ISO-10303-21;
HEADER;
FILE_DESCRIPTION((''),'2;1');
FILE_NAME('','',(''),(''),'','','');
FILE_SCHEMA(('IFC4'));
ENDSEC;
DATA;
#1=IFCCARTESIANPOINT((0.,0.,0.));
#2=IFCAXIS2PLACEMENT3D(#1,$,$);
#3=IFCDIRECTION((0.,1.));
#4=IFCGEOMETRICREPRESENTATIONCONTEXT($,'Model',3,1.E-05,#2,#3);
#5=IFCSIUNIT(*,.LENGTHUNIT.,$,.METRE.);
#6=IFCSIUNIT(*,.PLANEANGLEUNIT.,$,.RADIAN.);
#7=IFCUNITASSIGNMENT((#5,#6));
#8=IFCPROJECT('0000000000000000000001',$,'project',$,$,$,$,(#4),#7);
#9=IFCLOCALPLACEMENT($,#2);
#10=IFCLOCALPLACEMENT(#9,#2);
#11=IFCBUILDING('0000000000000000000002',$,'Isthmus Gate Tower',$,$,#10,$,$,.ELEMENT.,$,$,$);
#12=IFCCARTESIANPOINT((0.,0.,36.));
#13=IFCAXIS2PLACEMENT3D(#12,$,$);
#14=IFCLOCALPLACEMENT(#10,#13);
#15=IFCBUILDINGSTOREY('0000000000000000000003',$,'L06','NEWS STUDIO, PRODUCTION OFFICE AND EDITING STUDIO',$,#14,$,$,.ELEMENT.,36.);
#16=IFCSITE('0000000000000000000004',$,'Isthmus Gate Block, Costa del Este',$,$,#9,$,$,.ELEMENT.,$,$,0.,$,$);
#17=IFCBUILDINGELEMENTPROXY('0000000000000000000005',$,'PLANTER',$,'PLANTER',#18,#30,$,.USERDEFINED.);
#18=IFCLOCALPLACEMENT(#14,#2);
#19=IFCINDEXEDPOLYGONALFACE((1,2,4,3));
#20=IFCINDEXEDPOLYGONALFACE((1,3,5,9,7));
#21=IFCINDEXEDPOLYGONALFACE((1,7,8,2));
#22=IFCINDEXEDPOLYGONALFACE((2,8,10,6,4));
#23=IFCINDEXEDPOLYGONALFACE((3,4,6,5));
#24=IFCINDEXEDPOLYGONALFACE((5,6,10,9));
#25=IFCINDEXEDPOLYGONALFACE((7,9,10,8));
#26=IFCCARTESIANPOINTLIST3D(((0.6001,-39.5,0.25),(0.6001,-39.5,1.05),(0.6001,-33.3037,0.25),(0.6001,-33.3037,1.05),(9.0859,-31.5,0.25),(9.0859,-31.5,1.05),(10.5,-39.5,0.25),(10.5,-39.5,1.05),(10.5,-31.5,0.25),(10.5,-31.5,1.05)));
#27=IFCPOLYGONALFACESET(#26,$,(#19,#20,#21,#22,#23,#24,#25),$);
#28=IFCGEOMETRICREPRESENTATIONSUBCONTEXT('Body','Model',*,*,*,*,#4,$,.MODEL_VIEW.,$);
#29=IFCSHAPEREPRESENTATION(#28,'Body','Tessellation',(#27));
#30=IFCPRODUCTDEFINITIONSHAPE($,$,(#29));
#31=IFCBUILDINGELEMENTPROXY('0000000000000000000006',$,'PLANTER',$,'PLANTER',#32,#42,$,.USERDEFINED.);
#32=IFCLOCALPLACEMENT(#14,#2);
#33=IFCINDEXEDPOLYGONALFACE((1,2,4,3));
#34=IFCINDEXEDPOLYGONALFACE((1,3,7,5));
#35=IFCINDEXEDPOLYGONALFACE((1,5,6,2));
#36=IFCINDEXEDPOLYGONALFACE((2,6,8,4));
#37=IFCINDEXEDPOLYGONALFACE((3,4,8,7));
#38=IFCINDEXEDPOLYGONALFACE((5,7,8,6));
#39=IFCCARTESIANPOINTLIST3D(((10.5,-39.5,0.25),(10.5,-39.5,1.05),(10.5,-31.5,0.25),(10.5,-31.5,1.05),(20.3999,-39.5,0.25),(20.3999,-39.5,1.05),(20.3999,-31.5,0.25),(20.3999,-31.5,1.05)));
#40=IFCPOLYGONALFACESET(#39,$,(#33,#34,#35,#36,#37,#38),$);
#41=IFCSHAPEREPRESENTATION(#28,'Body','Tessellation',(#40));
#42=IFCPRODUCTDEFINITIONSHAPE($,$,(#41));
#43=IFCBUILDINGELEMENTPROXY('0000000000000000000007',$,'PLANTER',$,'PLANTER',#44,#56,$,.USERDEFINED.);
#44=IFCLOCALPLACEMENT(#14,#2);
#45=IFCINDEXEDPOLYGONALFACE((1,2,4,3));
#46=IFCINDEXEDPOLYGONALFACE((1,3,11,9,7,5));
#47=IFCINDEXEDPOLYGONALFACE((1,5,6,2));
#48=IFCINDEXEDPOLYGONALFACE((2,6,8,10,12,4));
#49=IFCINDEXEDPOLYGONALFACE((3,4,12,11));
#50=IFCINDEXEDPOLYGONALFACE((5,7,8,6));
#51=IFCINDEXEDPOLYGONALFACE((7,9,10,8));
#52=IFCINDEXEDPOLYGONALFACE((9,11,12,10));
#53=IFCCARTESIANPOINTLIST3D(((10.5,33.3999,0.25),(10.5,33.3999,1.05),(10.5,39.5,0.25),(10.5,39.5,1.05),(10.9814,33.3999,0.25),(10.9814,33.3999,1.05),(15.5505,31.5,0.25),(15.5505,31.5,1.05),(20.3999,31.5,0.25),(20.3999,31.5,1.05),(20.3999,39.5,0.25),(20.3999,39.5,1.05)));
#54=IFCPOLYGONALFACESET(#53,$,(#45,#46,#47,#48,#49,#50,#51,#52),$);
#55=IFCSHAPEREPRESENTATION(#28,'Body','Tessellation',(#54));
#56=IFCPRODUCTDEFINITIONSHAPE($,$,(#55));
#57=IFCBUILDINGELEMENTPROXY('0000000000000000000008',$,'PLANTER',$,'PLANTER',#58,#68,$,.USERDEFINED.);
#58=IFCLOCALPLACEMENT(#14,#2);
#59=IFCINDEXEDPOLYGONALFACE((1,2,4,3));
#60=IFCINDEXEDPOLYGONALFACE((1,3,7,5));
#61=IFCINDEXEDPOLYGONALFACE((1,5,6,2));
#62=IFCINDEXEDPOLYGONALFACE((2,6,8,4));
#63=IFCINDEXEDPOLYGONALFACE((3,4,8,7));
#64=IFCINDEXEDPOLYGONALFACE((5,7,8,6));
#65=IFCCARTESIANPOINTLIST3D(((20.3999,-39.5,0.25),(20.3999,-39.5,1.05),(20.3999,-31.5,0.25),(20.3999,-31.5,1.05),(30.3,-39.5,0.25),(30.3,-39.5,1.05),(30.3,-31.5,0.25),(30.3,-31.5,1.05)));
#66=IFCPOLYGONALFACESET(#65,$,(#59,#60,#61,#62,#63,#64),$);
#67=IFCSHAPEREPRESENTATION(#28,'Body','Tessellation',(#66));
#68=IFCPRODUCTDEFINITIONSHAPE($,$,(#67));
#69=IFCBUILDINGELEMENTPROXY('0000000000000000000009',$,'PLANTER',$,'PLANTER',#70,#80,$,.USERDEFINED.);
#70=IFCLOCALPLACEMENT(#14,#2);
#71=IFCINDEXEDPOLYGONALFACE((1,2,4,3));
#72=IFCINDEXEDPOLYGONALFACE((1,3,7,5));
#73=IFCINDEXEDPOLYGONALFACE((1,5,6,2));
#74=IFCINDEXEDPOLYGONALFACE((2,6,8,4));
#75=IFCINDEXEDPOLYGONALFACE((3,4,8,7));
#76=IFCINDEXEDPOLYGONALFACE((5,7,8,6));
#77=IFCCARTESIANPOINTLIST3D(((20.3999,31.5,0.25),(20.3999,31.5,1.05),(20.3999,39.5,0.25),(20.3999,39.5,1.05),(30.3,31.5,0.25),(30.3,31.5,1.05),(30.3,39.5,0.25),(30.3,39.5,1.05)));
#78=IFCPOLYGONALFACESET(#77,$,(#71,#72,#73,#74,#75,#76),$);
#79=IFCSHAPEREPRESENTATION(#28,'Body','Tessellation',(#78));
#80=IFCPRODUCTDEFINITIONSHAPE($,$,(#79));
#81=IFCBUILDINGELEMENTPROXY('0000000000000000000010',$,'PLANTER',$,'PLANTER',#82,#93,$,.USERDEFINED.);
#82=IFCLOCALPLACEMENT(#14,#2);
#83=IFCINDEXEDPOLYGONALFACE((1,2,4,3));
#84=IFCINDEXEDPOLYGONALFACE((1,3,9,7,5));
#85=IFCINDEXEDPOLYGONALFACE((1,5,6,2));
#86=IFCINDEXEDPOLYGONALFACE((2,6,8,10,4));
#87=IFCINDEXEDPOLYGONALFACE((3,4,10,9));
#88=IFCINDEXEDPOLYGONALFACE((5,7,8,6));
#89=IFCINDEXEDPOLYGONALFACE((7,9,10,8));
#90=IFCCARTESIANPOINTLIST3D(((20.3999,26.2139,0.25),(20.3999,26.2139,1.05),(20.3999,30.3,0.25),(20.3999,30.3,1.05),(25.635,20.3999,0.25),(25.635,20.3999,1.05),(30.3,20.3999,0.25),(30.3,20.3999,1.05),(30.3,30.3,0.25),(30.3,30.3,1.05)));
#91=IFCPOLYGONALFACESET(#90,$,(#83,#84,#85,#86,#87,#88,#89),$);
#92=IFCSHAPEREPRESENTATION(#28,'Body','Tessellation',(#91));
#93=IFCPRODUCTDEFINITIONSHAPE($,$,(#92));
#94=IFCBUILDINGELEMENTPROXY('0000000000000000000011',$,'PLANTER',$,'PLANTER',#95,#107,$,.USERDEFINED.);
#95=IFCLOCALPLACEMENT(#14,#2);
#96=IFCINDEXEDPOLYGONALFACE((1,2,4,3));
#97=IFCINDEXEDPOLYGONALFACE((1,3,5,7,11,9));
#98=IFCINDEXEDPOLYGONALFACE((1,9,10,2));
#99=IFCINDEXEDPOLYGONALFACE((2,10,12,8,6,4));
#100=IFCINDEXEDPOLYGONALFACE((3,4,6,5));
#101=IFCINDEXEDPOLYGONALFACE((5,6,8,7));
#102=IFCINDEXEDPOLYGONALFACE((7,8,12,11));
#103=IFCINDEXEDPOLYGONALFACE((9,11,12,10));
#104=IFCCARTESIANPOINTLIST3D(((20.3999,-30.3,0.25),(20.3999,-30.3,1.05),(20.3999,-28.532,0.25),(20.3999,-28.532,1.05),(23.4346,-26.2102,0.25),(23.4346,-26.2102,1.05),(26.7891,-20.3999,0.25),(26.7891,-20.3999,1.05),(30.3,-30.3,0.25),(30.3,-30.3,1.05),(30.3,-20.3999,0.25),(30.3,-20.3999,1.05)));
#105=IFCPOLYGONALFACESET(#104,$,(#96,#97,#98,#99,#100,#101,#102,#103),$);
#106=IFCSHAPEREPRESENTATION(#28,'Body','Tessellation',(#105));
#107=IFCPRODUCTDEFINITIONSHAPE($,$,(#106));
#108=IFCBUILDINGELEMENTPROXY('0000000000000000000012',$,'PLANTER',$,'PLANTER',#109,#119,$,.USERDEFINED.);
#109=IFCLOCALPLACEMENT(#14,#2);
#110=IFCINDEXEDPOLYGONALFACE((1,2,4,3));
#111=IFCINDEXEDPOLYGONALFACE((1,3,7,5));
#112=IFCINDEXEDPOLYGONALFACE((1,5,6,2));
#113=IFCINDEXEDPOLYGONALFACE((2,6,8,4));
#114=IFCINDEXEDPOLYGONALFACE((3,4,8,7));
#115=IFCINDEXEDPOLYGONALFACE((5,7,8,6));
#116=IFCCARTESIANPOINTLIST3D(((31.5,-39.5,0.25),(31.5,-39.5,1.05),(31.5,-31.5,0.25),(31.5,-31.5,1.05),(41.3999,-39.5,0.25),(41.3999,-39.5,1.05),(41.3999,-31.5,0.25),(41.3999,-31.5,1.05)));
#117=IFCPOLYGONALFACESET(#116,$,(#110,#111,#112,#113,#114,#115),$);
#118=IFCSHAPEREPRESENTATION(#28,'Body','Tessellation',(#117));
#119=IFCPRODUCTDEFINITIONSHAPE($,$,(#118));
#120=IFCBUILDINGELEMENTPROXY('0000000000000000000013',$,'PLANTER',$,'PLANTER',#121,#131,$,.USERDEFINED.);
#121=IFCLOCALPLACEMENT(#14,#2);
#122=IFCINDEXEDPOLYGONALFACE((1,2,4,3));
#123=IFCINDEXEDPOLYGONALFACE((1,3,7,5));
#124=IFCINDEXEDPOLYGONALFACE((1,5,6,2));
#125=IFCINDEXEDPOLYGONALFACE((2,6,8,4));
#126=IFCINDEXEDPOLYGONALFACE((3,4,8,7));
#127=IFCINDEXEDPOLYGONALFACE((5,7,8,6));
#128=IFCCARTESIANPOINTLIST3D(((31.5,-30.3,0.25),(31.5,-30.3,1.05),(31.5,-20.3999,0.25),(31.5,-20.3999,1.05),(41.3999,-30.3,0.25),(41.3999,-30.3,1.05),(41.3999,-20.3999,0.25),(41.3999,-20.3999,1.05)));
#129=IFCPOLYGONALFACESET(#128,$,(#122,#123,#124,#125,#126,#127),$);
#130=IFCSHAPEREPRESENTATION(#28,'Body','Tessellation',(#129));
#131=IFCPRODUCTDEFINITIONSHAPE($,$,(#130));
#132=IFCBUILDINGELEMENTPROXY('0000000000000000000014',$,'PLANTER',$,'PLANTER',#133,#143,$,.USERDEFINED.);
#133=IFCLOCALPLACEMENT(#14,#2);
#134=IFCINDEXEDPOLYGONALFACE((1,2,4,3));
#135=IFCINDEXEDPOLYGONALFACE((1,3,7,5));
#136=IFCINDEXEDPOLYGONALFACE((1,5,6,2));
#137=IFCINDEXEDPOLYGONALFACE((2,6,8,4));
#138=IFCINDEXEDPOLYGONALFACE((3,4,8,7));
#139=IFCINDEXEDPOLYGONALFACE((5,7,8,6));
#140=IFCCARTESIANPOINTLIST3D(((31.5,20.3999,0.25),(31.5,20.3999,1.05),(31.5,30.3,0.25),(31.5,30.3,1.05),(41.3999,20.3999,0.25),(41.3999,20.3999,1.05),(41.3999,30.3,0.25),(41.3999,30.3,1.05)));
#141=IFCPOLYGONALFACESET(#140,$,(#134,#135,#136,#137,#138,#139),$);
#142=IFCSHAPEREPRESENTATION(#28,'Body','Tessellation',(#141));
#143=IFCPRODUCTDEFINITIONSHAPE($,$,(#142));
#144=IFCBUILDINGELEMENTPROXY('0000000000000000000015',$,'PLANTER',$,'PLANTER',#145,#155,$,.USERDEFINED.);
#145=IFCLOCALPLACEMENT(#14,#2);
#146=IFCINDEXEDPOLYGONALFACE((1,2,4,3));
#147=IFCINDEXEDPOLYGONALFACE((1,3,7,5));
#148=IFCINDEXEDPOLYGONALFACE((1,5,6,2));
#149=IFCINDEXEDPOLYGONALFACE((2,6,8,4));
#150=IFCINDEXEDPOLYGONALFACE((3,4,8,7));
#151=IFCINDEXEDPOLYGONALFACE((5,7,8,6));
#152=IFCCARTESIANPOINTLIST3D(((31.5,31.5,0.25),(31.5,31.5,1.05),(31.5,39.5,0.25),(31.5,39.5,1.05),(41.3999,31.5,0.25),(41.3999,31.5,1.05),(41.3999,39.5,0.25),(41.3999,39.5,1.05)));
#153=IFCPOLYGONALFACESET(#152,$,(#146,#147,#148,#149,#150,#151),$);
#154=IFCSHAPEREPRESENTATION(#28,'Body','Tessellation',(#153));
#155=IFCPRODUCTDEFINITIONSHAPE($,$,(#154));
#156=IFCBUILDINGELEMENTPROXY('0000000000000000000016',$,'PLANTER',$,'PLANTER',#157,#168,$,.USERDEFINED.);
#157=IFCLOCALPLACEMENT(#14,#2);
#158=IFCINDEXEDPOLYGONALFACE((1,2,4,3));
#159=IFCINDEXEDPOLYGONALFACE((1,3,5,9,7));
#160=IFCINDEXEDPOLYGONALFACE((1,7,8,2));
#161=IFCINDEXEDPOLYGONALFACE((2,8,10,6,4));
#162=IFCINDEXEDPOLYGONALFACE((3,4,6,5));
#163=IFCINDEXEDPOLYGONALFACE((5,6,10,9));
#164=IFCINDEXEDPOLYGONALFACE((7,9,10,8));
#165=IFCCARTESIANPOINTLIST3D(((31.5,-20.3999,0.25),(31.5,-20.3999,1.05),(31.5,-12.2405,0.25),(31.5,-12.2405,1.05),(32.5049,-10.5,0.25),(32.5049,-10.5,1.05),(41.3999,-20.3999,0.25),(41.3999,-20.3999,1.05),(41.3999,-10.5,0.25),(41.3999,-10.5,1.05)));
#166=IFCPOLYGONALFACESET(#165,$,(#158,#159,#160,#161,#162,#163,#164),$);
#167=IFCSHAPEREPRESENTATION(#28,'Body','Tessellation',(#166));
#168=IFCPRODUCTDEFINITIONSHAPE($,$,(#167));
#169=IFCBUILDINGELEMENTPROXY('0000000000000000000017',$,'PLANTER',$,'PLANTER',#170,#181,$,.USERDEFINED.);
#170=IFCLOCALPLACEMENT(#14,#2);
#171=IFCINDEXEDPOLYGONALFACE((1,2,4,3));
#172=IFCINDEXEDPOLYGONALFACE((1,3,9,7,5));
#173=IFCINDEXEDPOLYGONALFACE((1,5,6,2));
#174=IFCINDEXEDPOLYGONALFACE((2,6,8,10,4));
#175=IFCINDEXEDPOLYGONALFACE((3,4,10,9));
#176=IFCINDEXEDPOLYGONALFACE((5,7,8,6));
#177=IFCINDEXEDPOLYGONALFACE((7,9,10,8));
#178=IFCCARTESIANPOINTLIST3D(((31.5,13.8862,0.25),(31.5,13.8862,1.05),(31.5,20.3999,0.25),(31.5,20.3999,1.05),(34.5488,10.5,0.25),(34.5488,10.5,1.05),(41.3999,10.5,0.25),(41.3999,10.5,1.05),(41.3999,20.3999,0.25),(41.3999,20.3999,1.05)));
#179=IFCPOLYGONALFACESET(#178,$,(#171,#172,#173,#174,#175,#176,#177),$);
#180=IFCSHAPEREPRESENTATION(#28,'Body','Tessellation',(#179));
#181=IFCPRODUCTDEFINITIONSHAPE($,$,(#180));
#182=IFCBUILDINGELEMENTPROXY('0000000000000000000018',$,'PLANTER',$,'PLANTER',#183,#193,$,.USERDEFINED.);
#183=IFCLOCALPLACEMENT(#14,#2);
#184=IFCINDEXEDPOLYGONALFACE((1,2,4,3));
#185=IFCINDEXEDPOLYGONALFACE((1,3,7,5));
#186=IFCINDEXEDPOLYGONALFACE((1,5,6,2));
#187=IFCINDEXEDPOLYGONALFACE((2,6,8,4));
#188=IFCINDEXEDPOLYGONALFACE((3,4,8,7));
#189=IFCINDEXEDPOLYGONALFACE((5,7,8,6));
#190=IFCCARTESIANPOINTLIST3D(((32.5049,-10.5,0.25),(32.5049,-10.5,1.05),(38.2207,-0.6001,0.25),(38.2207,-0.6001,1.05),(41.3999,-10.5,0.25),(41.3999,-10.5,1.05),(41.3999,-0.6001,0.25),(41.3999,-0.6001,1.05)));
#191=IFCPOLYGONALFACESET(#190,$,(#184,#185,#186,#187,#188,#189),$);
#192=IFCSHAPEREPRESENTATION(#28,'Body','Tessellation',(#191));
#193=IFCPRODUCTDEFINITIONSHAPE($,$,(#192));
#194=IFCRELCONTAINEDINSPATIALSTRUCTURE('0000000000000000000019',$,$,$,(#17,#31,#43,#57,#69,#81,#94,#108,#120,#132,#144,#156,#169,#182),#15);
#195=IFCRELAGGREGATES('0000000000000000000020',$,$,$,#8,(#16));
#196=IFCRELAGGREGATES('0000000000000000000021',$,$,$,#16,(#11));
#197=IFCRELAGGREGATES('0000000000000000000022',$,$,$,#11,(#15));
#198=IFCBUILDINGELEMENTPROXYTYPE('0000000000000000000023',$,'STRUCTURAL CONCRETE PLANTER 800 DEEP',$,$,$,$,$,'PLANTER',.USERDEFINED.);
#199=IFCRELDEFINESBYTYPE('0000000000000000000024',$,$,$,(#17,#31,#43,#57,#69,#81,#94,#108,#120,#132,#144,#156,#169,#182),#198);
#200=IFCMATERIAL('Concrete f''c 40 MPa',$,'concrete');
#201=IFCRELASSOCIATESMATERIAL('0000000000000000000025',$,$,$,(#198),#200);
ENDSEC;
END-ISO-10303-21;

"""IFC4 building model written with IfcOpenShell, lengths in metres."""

from ifc_helpers import new_model, si_unit, direction, frame, origin, place, context, subcontext, project, spatial, polyline, outline, extrude, material, type_object, element, save


model = new_model("IFC4")

# Units and contexts
model_context = context("Model", 3, precision=1e-05, world=origin(), true_north=direction((0.0, 1.0)))
body_context = subcontext(model_context, "Body", "Model", "MODEL_VIEW")
ifc_project = project(units=[si_unit("LENGTHUNIT", "METRE"), si_unit("PLANEANGLEUNIT", "RADIAN")], contexts=[model_context])

# Site, building, storey
site_placement = place(None, origin())
site = spatial("IfcSite", under=ifc_project, at=site_placement, Name="Isthmus Gate Block, Costa del Este", CompositionType="ELEMENT", RefElevation=0.0)
building_placement = place(site_placement, origin())
building = spatial("IfcBuilding", under=site, at=building_placement, Name="Isthmus Gate Tower", CompositionType="ELEMENT")
storey_placement = place(building_placement, frame((0.0, 0.0, 36.0)))
storey = spatial("IfcBuildingStorey", under=building, at=storey_placement, Name="L06", Description="NEWS STUDIO, PRODUCTION OFFICE AND EDITING STUDIO", CompositionType="ELEMENT", Elevation=36.0)

# Building element proxies
ifc_material_1 = material(Name="Concrete f'c 40 MPa", Category="concrete")
building_element_proxy_type = type_object("IfcBuildingElementProxyType", Name="STRUCTURAL CONCRETE PLANTER 800 DEEP", ElementType="PLANTER", PredefinedType="USERDEFINED", material=ifc_material_1)
proxy_1_placement = place(storey_placement, frame((0.0, 0.0, 0.25)))
element("IfcBuildingElementProxy", 1, at=proxy_1_placement, inside=storey, type_object=building_element_proxy_type, Name="PLANTER", ObjectType="PLANTER", PredefinedType="USERDEFINED", context=body_context, shape_type="SweptSolid", body=[
    extrude(outline(polyline([(10.5, -31.5), (9.0859, -31.5), (0.6001, -33.3037), (0.6001, -39.5), (10.5, -39.5), (10.5, -31.5)])), origin(), (0.0, 0.0, 1.0), 0.8),
])
proxy_2_placement = place(storey_placement, frame((0.0, 0.0, 0.25)))
element("IfcBuildingElementProxy", 2, at=proxy_2_placement, inside=storey, type_object=building_element_proxy_type, Name="PLANTER", ObjectType="PLANTER", PredefinedType="USERDEFINED", context=body_context, shape_type="SweptSolid", body=[
    extrude(outline(polyline([(10.5, -31.5), (10.5, -39.5), (20.3999, -39.5), (20.3999, -31.5), (10.5, -31.5)])), origin(), (0.0, 0.0, 1.0), 0.8),
])
proxy_3_placement = place(storey_placement, frame((0.0, 0.0, 0.25)))
element("IfcBuildingElementProxy", 3, at=proxy_3_placement, inside=storey, type_object=building_element_proxy_type, Name="PLANTER", ObjectType="PLANTER", PredefinedType="USERDEFINED", context=body_context, shape_type="SweptSolid", body=[
    extrude(outline(polyline([(20.3999, 31.5), (20.3999, 39.5), (10.5, 39.5), (10.5, 33.3999), (10.9814, 33.3999), (15.5505, 31.5), (20.3999, 31.5)])), origin(), (0.0, 0.0, 1.0), 0.8),
])
proxy_4_placement = place(storey_placement, frame((0.0, 0.0, 0.25)))
element("IfcBuildingElementProxy", 4, at=proxy_4_placement, inside=storey, type_object=building_element_proxy_type, Name="PLANTER", ObjectType="PLANTER", PredefinedType="USERDEFINED", context=body_context, shape_type="SweptSolid", body=[
    extrude(outline(polyline([(20.3999, -31.5), (20.3999, -39.5), (30.3, -39.5), (30.3, -31.5), (20.3999, -31.5)])), origin(), (0.0, 0.0, 1.0), 0.8),
])
proxy_5_placement = place(storey_placement, frame((0.0, 0.0, 0.25)))
element("IfcBuildingElementProxy", 5, at=proxy_5_placement, inside=storey, type_object=building_element_proxy_type, Name="PLANTER", ObjectType="PLANTER", PredefinedType="USERDEFINED", context=body_context, shape_type="SweptSolid", body=[
    extrude(outline(polyline([(30.3, 31.5), (30.3, 39.5), (20.3999, 39.5), (20.3999, 31.5), (30.3, 31.5)])), origin(), (0.0, 0.0, 1.0), 0.8),
])
proxy_6_placement = place(storey_placement, frame((0.0, 0.0, 0.25)))
element("IfcBuildingElementProxy", 6, at=proxy_6_placement, inside=storey, type_object=building_element_proxy_type, Name="PLANTER", ObjectType="PLANTER", PredefinedType="USERDEFINED", context=body_context, shape_type="SweptSolid", body=[
    extrude(outline(polyline([(20.3999, 30.3), (20.3999, 26.2139), (25.635, 20.3999), (30.3, 20.3999), (30.3, 30.3), (20.3999, 30.3)])), origin(), (0.0, 0.0, 1.0), 0.8),
])
proxy_7_placement = place(storey_placement, frame((0.0, 0.0, 0.25)))
element("IfcBuildingElementProxy", 7, at=proxy_7_placement, inside=storey, type_object=building_element_proxy_type, Name="PLANTER", ObjectType="PLANTER", PredefinedType="USERDEFINED", context=body_context, shape_type="SweptSolid", body=[
    extrude(outline(polyline([(30.3, -20.3999), (26.7891, -20.3999), (23.4346, -26.2102), (20.3999, -28.532), (20.3999, -30.3), (30.3, -30.3), (30.3, -20.3999)])), origin(), (0.0, 0.0, 1.0), 0.8),
])
proxy_8_placement = place(storey_placement, frame((0.0, 0.0, 0.25)))
element("IfcBuildingElementProxy", 8, at=proxy_8_placement, inside=storey, type_object=building_element_proxy_type, Name="PLANTER", ObjectType="PLANTER", PredefinedType="USERDEFINED", context=body_context, shape_type="SweptSolid", body=[
    extrude(outline(polyline([(31.5, -31.5), (31.5, -39.5), (41.3999, -39.5), (41.3999, -31.5), (31.5, -31.5)])), origin(), (0.0, 0.0, 1.0), 0.8),
])
proxy_9_placement = place(storey_placement, frame((0.0, 0.0, 0.25)))
element("IfcBuildingElementProxy", 9, at=proxy_9_placement, inside=storey, type_object=building_element_proxy_type, Name="PLANTER", ObjectType="PLANTER", PredefinedType="USERDEFINED", context=body_context, shape_type="SweptSolid", body=[
    extrude(outline(polyline([(31.5, -30.3), (41.3999, -30.3), (41.3999, -20.3999), (31.5, -20.3999), (31.5, -30.3)])), origin(), (0.0, 0.0, 1.0), 0.8),
])
proxy_10_placement = place(storey_placement, frame((0.0, 0.0, 0.25)))
element("IfcBuildingElementProxy", 10, at=proxy_10_placement, inside=storey, type_object=building_element_proxy_type, Name="PLANTER", ObjectType="PLANTER", PredefinedType="USERDEFINED", context=body_context, shape_type="SweptSolid", body=[
    extrude(outline(polyline([(31.5, 20.3999), (41.3999, 20.3999), (41.3999, 30.3), (31.5, 30.3), (31.5, 20.3999)])), origin(), (0.0, 0.0, 1.0), 0.8),
])
proxy_11_placement = place(storey_placement, frame((0.0, 0.0, 0.25)))
element("IfcBuildingElementProxy", 11, at=proxy_11_placement, inside=storey, type_object=building_element_proxy_type, Name="PLANTER", ObjectType="PLANTER", PredefinedType="USERDEFINED", context=body_context, shape_type="SweptSolid", body=[
    extrude(outline(polyline([(41.3999, 31.5), (41.3999, 39.5), (31.5, 39.5), (31.5, 31.5), (41.3999, 31.5)])), origin(), (0.0, 0.0, 1.0), 0.8),
])
proxy_12_placement = place(storey_placement, frame((0.0, 0.0, 0.25)))
element("IfcBuildingElementProxy", 12, at=proxy_12_placement, inside=storey, type_object=building_element_proxy_type, Name="PLANTER", ObjectType="PLANTER", PredefinedType="USERDEFINED", context=body_context, shape_type="SweptSolid", body=[
    extrude(outline(polyline([(41.3999, -10.5), (32.5049, -10.5), (31.5, -12.2405), (31.5, -20.3999), (41.3999, -20.3999), (41.3999, -10.5)])), origin(), (0.0, 0.0, 1.0), 0.8),
])
proxy_13_placement = place(storey_placement, frame((0.0, 0.0, 0.25)))
element("IfcBuildingElementProxy", 13, at=proxy_13_placement, inside=storey, type_object=building_element_proxy_type, Name="PLANTER", ObjectType="PLANTER", PredefinedType="USERDEFINED", context=body_context, shape_type="SweptSolid", body=[
    extrude(outline(polyline([(31.5, 20.3999), (31.5, 13.8862), (34.5488, 10.5), (41.3999, 10.5), (41.3999, 20.3999), (31.5, 20.3999)])), origin(), (0.0, 0.0, 1.0), 0.8),
])
proxy_14_placement = place(storey_placement, frame((0.0, 0.0, 0.25)))
element("IfcBuildingElementProxy", 14, at=proxy_14_placement, inside=storey, type_object=building_element_proxy_type, Name="PLANTER", ObjectType="PLANTER", PredefinedType="USERDEFINED", context=body_context, shape_type="SweptSolid", body=[
    extrude(outline(polyline([(41.3999, -0.6001), (38.2207, -0.6001), (32.5049, -10.5), (41.3999, -10.5), (41.3999, -0.6001)])), origin(), (0.0, 0.0, 1.0), 0.8),
])

save(model, "model.ifc")
